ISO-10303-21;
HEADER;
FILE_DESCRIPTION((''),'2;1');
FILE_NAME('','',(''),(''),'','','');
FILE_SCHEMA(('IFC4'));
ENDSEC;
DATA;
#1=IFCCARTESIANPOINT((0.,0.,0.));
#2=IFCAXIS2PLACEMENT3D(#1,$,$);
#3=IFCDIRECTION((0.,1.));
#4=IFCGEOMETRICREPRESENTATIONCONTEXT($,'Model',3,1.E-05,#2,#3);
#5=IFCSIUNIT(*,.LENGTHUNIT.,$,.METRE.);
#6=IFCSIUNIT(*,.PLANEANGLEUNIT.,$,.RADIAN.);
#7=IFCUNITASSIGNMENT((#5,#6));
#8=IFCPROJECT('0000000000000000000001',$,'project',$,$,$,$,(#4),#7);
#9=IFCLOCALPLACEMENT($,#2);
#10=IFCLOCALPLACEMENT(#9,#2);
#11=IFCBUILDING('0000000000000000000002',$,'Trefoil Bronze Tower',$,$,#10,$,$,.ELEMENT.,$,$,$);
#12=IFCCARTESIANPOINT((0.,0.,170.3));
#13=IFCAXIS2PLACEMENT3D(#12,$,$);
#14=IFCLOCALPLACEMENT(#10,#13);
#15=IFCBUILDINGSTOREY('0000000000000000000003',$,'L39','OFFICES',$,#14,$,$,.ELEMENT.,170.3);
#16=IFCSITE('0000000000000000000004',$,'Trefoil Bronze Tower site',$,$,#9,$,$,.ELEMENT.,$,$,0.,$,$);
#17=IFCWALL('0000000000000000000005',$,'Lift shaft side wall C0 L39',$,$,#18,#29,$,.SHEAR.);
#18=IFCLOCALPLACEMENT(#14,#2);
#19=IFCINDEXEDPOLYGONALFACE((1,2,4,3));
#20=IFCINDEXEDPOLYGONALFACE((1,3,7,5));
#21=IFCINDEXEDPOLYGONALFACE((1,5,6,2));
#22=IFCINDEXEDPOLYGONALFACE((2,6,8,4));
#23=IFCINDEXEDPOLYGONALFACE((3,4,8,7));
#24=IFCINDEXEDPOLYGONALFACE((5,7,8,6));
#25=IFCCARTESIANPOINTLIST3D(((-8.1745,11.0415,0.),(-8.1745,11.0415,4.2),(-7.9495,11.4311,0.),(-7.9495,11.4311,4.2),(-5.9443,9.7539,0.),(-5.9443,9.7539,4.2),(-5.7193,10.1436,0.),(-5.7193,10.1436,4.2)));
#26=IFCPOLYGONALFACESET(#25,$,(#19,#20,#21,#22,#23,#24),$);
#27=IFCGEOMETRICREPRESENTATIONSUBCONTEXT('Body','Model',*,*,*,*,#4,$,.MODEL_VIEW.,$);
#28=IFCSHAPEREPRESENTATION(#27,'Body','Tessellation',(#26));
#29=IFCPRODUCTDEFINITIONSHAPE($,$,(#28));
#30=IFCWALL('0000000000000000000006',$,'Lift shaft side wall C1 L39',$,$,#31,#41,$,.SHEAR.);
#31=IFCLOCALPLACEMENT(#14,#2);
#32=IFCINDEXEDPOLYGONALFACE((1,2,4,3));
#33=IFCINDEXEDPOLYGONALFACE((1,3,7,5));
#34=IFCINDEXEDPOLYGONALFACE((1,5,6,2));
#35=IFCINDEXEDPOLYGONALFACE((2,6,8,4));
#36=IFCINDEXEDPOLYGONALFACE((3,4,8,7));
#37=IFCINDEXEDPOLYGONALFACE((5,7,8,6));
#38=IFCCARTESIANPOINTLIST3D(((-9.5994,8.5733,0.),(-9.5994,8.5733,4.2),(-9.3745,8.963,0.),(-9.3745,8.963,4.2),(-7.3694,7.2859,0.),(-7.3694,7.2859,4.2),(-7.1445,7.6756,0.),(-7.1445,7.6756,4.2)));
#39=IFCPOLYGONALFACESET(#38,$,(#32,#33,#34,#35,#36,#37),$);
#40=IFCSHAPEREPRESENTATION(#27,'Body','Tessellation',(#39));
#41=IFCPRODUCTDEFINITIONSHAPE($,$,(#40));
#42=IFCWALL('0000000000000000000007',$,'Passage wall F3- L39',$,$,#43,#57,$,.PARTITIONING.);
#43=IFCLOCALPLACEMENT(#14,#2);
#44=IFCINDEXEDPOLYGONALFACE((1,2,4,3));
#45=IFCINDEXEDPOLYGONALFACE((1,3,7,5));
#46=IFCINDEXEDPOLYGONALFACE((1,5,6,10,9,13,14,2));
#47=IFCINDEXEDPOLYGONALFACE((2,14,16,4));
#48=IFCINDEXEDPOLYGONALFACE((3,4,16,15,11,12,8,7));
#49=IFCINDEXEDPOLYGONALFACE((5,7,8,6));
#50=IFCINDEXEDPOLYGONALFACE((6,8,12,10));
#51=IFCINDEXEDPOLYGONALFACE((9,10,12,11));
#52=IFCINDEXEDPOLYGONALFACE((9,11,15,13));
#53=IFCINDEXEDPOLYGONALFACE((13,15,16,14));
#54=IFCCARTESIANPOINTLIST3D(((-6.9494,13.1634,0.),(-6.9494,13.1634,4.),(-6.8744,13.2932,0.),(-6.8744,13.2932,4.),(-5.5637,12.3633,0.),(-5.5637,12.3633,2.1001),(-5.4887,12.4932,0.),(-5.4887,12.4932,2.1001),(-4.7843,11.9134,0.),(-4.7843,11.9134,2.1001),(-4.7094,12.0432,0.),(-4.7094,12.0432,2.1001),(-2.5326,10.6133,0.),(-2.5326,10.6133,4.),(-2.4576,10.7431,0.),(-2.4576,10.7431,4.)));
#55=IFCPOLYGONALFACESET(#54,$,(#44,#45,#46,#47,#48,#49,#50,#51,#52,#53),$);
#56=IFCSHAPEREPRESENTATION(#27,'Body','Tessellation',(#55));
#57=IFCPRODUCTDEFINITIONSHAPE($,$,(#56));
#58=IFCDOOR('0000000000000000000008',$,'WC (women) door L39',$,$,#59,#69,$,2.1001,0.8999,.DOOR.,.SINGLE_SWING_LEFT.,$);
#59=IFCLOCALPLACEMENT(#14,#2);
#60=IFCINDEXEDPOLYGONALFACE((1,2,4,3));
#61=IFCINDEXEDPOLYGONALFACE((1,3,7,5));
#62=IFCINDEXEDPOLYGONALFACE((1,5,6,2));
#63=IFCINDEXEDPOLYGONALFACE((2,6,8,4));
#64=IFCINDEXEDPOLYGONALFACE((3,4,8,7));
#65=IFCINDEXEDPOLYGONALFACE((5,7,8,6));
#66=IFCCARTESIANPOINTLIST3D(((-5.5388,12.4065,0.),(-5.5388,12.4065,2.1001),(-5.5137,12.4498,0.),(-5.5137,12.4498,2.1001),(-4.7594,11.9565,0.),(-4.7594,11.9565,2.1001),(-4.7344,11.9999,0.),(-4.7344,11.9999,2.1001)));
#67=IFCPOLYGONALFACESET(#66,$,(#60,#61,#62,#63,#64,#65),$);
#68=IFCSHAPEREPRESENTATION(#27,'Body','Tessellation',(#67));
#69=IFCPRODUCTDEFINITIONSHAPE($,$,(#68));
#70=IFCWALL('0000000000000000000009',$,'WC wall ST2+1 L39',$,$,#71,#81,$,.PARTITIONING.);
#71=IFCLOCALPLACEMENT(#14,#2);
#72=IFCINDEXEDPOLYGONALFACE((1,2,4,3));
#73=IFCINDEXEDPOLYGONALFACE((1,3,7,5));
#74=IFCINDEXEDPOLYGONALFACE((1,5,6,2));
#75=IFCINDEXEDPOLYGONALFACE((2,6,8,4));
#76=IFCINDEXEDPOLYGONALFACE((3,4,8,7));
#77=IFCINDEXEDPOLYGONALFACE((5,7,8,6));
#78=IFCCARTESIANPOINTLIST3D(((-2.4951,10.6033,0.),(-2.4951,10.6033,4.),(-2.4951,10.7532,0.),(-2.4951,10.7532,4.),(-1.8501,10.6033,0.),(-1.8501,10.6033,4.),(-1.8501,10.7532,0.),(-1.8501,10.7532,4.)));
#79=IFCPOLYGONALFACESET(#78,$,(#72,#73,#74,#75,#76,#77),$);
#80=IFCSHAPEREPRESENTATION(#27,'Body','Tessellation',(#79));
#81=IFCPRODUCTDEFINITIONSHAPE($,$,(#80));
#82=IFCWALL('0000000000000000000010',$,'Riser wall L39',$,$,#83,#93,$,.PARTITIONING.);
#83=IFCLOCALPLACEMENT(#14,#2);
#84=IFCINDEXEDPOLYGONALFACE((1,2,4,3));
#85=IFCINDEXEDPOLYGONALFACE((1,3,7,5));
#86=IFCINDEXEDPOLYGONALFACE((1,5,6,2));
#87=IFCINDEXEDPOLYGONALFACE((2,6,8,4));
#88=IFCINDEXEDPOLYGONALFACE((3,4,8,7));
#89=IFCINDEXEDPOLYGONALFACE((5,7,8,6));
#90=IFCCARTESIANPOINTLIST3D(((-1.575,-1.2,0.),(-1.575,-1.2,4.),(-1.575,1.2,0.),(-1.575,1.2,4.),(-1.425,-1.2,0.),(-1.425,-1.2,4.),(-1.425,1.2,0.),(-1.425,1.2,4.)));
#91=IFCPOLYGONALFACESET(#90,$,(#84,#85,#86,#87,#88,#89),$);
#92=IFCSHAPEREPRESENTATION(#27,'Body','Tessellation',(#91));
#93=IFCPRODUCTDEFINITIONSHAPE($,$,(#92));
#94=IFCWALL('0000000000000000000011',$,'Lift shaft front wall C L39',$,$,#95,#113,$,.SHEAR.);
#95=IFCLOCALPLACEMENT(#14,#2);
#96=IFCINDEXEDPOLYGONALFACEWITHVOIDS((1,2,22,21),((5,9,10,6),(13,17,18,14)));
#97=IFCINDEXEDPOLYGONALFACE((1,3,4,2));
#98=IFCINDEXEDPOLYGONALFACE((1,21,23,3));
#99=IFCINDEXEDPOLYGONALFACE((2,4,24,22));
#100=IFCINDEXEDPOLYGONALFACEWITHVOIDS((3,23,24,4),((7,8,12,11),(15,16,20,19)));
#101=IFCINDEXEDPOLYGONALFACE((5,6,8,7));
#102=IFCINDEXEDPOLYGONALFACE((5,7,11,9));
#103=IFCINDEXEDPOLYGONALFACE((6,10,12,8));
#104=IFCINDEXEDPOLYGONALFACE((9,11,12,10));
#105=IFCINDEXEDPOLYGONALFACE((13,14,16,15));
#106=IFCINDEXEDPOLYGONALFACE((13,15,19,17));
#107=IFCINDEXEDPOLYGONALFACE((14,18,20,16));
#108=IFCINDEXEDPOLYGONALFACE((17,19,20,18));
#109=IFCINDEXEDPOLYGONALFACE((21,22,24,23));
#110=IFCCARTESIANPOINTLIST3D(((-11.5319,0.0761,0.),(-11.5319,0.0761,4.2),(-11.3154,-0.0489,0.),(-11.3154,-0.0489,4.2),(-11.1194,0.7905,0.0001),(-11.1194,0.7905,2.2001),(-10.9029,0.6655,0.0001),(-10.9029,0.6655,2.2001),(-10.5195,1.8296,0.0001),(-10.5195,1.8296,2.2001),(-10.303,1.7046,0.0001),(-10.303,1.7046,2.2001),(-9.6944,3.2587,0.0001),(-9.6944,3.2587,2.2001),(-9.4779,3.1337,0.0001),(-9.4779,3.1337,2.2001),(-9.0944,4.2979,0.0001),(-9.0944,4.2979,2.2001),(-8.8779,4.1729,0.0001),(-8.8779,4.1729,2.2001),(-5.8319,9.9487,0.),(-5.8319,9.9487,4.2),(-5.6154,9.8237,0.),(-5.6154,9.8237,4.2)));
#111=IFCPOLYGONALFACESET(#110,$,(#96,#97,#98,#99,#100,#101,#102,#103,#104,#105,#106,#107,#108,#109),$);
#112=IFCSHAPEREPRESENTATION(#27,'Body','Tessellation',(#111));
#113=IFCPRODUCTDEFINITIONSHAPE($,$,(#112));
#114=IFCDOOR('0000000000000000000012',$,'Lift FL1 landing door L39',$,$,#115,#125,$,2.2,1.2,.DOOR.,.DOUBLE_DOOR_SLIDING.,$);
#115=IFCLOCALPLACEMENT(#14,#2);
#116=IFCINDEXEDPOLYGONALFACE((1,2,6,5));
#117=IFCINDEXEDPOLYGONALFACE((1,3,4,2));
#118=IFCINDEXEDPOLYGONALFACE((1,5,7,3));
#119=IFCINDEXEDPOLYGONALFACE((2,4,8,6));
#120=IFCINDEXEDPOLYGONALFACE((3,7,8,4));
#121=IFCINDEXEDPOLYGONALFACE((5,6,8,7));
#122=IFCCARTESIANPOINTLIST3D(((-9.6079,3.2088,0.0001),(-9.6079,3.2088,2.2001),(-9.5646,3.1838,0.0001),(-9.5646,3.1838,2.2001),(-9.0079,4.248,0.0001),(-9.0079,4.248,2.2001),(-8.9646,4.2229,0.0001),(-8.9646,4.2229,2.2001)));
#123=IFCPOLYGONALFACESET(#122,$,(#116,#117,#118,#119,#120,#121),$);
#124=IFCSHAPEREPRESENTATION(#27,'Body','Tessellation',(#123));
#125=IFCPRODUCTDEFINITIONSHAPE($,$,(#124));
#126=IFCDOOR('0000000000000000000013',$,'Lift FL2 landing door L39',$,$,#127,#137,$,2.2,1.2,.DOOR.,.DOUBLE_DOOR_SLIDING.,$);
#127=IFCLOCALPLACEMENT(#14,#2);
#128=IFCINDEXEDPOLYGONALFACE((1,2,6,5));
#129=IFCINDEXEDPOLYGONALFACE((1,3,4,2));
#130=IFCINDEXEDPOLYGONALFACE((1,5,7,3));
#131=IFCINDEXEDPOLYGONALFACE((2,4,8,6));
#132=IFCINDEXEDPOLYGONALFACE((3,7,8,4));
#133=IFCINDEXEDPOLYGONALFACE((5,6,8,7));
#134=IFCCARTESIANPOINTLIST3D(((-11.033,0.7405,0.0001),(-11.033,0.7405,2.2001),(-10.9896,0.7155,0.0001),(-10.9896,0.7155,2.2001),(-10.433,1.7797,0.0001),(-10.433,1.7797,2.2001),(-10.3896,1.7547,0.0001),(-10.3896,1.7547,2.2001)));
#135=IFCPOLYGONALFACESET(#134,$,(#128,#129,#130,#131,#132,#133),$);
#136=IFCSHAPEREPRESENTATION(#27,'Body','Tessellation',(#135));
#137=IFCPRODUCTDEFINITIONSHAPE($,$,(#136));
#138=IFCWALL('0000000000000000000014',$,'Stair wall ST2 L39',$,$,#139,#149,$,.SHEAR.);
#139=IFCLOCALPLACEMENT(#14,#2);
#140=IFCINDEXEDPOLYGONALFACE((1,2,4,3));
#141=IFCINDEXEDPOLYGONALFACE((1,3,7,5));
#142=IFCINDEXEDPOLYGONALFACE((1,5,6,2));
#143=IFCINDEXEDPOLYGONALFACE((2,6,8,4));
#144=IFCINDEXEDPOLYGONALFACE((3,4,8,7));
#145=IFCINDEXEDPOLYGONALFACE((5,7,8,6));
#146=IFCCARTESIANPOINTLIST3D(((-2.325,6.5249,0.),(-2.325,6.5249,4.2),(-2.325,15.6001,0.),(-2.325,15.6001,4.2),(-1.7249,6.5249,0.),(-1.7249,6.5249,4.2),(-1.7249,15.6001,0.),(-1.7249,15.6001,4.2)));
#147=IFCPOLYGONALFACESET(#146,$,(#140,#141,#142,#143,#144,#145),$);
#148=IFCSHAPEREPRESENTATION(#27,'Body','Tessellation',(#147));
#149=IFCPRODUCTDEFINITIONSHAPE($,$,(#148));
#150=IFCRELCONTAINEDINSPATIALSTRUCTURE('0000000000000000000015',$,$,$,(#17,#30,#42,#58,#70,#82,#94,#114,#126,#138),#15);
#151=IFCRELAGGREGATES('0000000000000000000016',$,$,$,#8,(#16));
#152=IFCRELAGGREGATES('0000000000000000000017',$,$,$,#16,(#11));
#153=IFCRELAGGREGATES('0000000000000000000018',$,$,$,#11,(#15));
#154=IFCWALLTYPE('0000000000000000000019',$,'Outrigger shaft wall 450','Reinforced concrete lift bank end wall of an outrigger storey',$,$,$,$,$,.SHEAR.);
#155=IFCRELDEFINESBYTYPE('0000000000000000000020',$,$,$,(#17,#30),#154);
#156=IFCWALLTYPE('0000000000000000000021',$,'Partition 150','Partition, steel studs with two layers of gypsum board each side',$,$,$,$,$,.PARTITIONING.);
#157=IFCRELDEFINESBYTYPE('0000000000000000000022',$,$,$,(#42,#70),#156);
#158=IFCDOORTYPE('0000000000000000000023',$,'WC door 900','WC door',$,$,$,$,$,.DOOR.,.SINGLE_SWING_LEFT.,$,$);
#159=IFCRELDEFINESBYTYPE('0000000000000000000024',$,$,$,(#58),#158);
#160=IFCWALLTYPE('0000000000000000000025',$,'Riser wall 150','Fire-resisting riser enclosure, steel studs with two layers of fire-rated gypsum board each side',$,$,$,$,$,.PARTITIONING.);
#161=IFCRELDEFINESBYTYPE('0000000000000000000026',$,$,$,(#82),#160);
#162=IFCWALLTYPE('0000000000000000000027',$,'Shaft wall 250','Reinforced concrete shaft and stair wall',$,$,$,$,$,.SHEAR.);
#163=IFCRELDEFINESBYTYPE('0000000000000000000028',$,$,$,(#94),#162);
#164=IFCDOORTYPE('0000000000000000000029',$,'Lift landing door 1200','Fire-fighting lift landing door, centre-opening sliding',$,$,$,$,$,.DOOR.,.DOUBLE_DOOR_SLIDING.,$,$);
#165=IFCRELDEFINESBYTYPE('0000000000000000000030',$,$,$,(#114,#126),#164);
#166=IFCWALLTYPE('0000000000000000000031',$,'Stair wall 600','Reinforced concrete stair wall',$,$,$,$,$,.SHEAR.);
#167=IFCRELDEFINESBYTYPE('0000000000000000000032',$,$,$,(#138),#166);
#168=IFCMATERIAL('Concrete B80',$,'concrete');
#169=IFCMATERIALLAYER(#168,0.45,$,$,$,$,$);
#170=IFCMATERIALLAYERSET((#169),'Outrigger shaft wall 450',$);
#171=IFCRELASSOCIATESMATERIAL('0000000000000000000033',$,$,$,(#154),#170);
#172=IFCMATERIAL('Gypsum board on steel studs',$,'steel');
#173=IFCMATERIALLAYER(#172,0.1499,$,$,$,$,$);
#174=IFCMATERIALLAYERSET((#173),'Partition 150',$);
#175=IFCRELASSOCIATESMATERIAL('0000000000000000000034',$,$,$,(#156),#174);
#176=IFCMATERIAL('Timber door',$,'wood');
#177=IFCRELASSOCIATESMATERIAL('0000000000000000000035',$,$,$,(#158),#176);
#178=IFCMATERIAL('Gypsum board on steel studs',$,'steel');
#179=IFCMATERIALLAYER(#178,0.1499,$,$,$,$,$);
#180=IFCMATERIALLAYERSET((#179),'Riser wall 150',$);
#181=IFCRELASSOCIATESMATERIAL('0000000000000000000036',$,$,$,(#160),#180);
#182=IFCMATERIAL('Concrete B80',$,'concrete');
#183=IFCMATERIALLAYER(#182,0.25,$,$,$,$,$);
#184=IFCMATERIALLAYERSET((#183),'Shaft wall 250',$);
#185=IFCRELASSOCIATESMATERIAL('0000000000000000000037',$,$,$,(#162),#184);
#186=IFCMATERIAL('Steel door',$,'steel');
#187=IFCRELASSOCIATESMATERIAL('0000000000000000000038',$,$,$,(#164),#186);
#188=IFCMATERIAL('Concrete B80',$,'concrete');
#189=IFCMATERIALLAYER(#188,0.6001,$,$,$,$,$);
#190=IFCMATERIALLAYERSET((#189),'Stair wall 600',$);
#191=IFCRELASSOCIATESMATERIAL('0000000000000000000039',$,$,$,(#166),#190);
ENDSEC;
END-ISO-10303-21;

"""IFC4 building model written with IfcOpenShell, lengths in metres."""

from ifc_helpers import new_model, si_unit, direction, frame, frame_2d, origin, place, context, subcontext, project, spatial, rectangle, extrude, material, layer, layer_set, type_object, element, fill, save


model = new_model("IFC4")

# Units and contexts
model_context = context("Model", 3, precision=1e-05, world=origin(), true_north=direction((0.0, 1.0)))
body_context = subcontext(model_context, "Body", "Model", "MODEL_VIEW")
ifc_project = project(units=[si_unit("LENGTHUNIT", "METRE"), si_unit("PLANEANGLEUNIT", "RADIAN")], contexts=[model_context])

# Site, building, storey
site_placement = place(None, origin())
site = spatial("IfcSite", under=ifc_project, at=site_placement, Name="Trefoil Bronze Tower site", CompositionType="ELEMENT", RefElevation=0.0)
building_placement = place(site_placement, origin())
building = spatial("IfcBuilding", under=site, at=building_placement, Name="Trefoil Bronze Tower", CompositionType="ELEMENT")
storey_placement = place(building_placement, frame((0.0, 0.0, 170.3)))
storey = spatial("IfcBuildingStorey", under=building, at=storey_placement, Name="L39", Description="OFFICES", CompositionType="ELEMENT", Elevation=170.3)

# Walls
ifc_material_1 = material(Name="Concrete B80", Category="concrete")
ifc_layer_1 = layer(ifc_material_1, 0.45)
ifc_layer_set_1 = layer_set([ifc_layer_1], Name="Outrigger shaft wall 450")
wall_type_1 = type_object("IfcWallType", Name="Outrigger shaft wall 450", Description="Reinforced concrete lift bank end wall of an outrigger storey", PredefinedType="SHEAR", material=ifc_layer_set_1)
wall_1_placement = place(storey_placement, frame((-5.8318, 9.9487, 0.0), z_axis=(0.0, 0.0, 1.0), x_axis=(-0.866029, 0.499993, 0.0)))
element("IfcWall", 1, at=wall_1_placement, inside=storey, type_object=wall_type_1, Name="Lift shaft side wall C0 L39", PredefinedType="SHEAR", context=body_context, shape_type="SweptSolid", body=[
    extrude(rectangle(XDim=2.5752, YDim=0.45, at=frame_2d((1.2876, 0.0))), origin(), (0.0, 0.0, 1.0), 4.2),
])
wall_2_placement = place(storey_placement, frame((-7.2568, 7.4807, 0.0), z_axis=(0.0, 0.0, 1.0), x_axis=(-0.866047, 0.499963, 0.0)))
element("IfcWall", 2, at=wall_2_placement, inside=storey, type_object=wall_type_1, Name="Lift shaft side wall C1 L39", PredefinedType="SHEAR", context=body_context, shape_type="SweptSolid", body=[
    extrude(rectangle(XDim=2.575, YDim=0.45, at=frame_2d((1.2876, 0.0))), origin(), (0.0, 0.0, 1.0), 4.2),
])

# Wall, opening, door
ifc_material_2 = material(Name="Gypsum board on steel studs", Category="steel")
ifc_layer_2 = layer(ifc_material_2, 0.1499)
ifc_layer_set_2 = layer_set([ifc_layer_2], Name="Partition 150")
wall_type_2 = type_object("IfcWallType", Name="Partition 150", Description="Partition, steel studs with two layers of gypsum board each side", PredefinedType="PARTITIONING", material=ifc_layer_set_2)
wall_3_placement = place(storey_placement, frame((-2.4951, 10.6782, 0.0), z_axis=(0.0, 0.0, 1.0), x_axis=(-0.866022, 0.500006, 0.0)))
wall_3 = element("IfcWall", 3, at=wall_3_placement, inside=storey, type_object=wall_type_2, Name="Passage wall F3- L39", PredefinedType="PARTITIONING", context=body_context, shape_type="SweptSolid", body=[
    extrude(rectangle(XDim=5.1001, YDim=0.1499, at=frame_2d((2.55, 0.0))), origin(), (0.0, 0.0, 1.0), 4.0),
])
opening_1_placement = place(wall_3_placement, frame((2.6001, 0.0, 0.0)))
opening_1 = element("IfcOpeningElement", 4, at=opening_1_placement, cuts=wall_3, PredefinedType="OPENING", context=body_context, shape_type="SweptSolid", body=[
    extrude(rectangle(XDim=0.8999, YDim=2.1001, at=frame_2d((0.45, 1.05))), frame((0.0, 0.085, 0.0), z_axis=(0.0, -1.0, 0.0), x_axis=(1.0, 0.0, 0.0)), (0.0, 0.0, 1.0), 0.1699),
])
ifc_material_3 = material(Name="Timber door", Category="wood")
door_type_1 = type_object("IfcDoorType", Name="WC door 900", Description="WC door", OperationType="SINGLE_SWING_LEFT", PredefinedType="DOOR", material=ifc_material_3)
door_1_placement = place(opening_1_placement, frame((0.8999, 0.0, 0.0), z_axis=(0.0, 0.0, 1.0), x_axis=(-1.0, 0.0, 0.0)))
door_1 = element("IfcDoor", 5, at=door_1_placement, inside=storey, type_object=door_type_1, Name="WC (women) door L39", OperationType="SINGLE_SWING_LEFT", OverallHeight=2.1001, OverallWidth=0.8999, PredefinedType="DOOR", context=body_context, shape_type="SweptSolid", body=[
    extrude(rectangle(XDim=0.8999, YDim=2.1001, at=frame_2d((0.45, 1.05))), frame((0.0, 0.0249, 0.0), z_axis=(0.0, -1.0, 0.0), x_axis=(1.0, 0.0, 0.0)), (0.0, 0.0, 1.0), 0.05),
])
fill(opening_1, door_1)

# Walls
wall_4_placement = place(storey_placement, frame((-2.4951, 10.6782, 0.0), z_axis=(0.0, 0.0, 1.0), x_axis=(1.0, 0.0, 0.0)))
element("IfcWall", 6, at=wall_4_placement, inside=storey, type_object=wall_type_2, Name="WC wall ST2+1 L39", PredefinedType="PARTITIONING", context=body_context, shape_type="SweptSolid", body=[
    extrude(rectangle(XDim=0.645, YDim=0.1499, at=frame_2d((0.3225, 0.0))), origin(), (0.0, 0.0, 1.0), 4.0),
])
ifc_material_4 = material(Name="Gypsum board on steel studs", Category="steel")
ifc_layer_3 = layer(ifc_material_4, 0.1499)
ifc_layer_set_3 = layer_set([ifc_layer_3], Name="Riser wall 150")
wall_type_3 = type_object("IfcWallType", Name="Riser wall 150", Description="Fire-resisting riser enclosure, steel studs with two layers of fire-rated gypsum board each side", PredefinedType="PARTITIONING", material=ifc_layer_set_3)
wall_5_placement = place(storey_placement, frame((-1.5, 1.2, 0.0), z_axis=(0.0, 0.0, 1.0), x_axis=(0.0, -1.0, 0.0)))
element("IfcWall", 7, at=wall_5_placement, inside=storey, type_object=wall_type_3, Name="Riser wall L39", PredefinedType="PARTITIONING", context=body_context, shape_type="SweptSolid", body=[
    extrude(rectangle(XDim=2.3999, YDim=0.1499, at=frame_2d((1.2, 0.0))), origin(), (0.0, 0.0, 1.0), 4.0),
])

# Wall, openings, doors
ifc_material_5 = material(Name="Concrete B80", Category="concrete")
ifc_layer_4 = layer(ifc_material_5, 0.25)
ifc_layer_set_4 = layer_set([ifc_layer_4], Name="Shaft wall 250")
wall_type_4 = type_object("IfcWallType", Name="Shaft wall 250", Description="Reinforced concrete shaft and stair wall", PredefinedType="SHEAR", material=ifc_layer_set_4)
wall_6_placement = place(storey_placement, frame((-5.7236, 9.8862, 0.0), z_axis=(0.0, 0.0, 1.0), x_axis=(-0.500002, -0.866024, 0.0)))
wall_6 = element("IfcWall", 8, at=wall_6_placement, inside=storey, type_object=wall_type_4, Name="Lift shaft front wall C L39", PredefinedType="SHEAR", context=body_context, shape_type="SweptSolid", body=[
    extrude(rectangle(XDim=11.3999, YDim=0.25, at=frame_2d((5.7, 0.0))), origin(), (0.0, 0.0, 1.0), 4.2),
])
opening_2_placement = place(wall_6_placement, frame((6.5249, 0.0, 0.0)))
opening_2 = element("IfcOpeningElement", 9, at=opening_2_placement, cuts=wall_6, PredefinedType="OPENING", context=body_context, shape_type="SweptSolid", body=[
    extrude(rectangle(XDim=1.2, YDim=2.2, at=frame_2d((0.6001, 1.1001))), frame((0.0, 0.135, 0.0), z_axis=(0.0, -1.0, 0.0), x_axis=(1.0, 0.0, 0.0)), (0.0, 0.0, 1.0), 0.27),
])
opening_3_placement = place(wall_6_placement, frame((9.375, 0.0, 0.0)))
opening_3 = element("IfcOpeningElement", 10, at=opening_3_placement, cuts=wall_6, PredefinedType="OPENING", context=body_context, shape_type="SweptSolid", body=[
    extrude(rectangle(XDim=1.2, YDim=2.2, at=frame_2d((0.6001, 1.1001))), frame((0.0, 0.135, 0.0), z_axis=(0.0, -1.0, 0.0), x_axis=(1.0, 0.0, 0.0)), (0.0, 0.0, 1.0), 0.27),
])
ifc_material_6 = material(Name="Steel door", Category="steel")
door_type_2 = type_object("IfcDoorType", Name="Lift landing door 1200", Description="Fire-fighting lift landing door, centre-opening sliding", OperationType="DOUBLE_DOOR_SLIDING", PredefinedType="DOOR", material=ifc_material_6)
door_2_placement = place(opening_2_placement, origin())
door_2 = element("IfcDoor", 11, at=door_2_placement, inside=storey, type_object=door_type_2, Name="Lift FL1 landing door L39", OperationType="DOUBLE_DOOR_SLIDING", OverallHeight=2.2, OverallWidth=1.2, PredefinedType="DOOR", context=body_context, shape_type="SweptSolid", body=[
    extrude(rectangle(XDim=1.2, YDim=2.2, at=frame_2d((0.6001, 1.1001))), frame((0.0, 0.0249, 0.0), z_axis=(0.0, -1.0, 0.0), x_axis=(1.0, 0.0, 0.0)), (0.0, 0.0, 1.0), 0.05),
])
fill(opening_2, door_2)
door_3_placement = place(opening_3_placement, origin())
door_3 = element("IfcDoor", 12, at=door_3_placement, inside=storey, type_object=door_type_2, Name="Lift FL2 landing door L39", OperationType="DOUBLE_DOOR_SLIDING", OverallHeight=2.2, OverallWidth=1.2, PredefinedType="DOOR", context=body_context, shape_type="SweptSolid", body=[
    extrude(rectangle(XDim=1.2, YDim=2.2, at=frame_2d((0.6001, 1.1001))), frame((0.0, 0.0249, 0.0), z_axis=(0.0, -1.0, 0.0), x_axis=(1.0, 0.0, 0.0)), (0.0, 0.0, 1.0), 0.05),
])
fill(opening_3, door_3)

# Wall
ifc_material_7 = material(Name="Concrete B80", Category="concrete")
ifc_layer_5 = layer(ifc_material_7, 0.6001)
ifc_layer_set_5 = layer_set([ifc_layer_5], Name="Stair wall 600")
wall_type_5 = type_object("IfcWallType", Name="Stair wall 600", Description="Reinforced concrete stair wall", PredefinedType="SHEAR", material=ifc_layer_set_5)
wall_7_placement = place(storey_placement, frame((-2.0249, 6.5249, 0.0), z_axis=(0.0, 0.0, 1.0), x_axis=(0.0, 1.0, 0.0)))
element("IfcWall", 13, at=wall_7_placement, inside=storey, type_object=wall_type_5, Name="Stair wall ST2 L39", PredefinedType="SHEAR", context=body_context, shape_type="SweptSolid", body=[
    extrude(rectangle(XDim=9.0752, YDim=0.6001, at=frame_2d((4.5376, 0.0))), origin(), (0.0, 0.0, 1.0), 4.2),
])

save(model, "model.ifc")
